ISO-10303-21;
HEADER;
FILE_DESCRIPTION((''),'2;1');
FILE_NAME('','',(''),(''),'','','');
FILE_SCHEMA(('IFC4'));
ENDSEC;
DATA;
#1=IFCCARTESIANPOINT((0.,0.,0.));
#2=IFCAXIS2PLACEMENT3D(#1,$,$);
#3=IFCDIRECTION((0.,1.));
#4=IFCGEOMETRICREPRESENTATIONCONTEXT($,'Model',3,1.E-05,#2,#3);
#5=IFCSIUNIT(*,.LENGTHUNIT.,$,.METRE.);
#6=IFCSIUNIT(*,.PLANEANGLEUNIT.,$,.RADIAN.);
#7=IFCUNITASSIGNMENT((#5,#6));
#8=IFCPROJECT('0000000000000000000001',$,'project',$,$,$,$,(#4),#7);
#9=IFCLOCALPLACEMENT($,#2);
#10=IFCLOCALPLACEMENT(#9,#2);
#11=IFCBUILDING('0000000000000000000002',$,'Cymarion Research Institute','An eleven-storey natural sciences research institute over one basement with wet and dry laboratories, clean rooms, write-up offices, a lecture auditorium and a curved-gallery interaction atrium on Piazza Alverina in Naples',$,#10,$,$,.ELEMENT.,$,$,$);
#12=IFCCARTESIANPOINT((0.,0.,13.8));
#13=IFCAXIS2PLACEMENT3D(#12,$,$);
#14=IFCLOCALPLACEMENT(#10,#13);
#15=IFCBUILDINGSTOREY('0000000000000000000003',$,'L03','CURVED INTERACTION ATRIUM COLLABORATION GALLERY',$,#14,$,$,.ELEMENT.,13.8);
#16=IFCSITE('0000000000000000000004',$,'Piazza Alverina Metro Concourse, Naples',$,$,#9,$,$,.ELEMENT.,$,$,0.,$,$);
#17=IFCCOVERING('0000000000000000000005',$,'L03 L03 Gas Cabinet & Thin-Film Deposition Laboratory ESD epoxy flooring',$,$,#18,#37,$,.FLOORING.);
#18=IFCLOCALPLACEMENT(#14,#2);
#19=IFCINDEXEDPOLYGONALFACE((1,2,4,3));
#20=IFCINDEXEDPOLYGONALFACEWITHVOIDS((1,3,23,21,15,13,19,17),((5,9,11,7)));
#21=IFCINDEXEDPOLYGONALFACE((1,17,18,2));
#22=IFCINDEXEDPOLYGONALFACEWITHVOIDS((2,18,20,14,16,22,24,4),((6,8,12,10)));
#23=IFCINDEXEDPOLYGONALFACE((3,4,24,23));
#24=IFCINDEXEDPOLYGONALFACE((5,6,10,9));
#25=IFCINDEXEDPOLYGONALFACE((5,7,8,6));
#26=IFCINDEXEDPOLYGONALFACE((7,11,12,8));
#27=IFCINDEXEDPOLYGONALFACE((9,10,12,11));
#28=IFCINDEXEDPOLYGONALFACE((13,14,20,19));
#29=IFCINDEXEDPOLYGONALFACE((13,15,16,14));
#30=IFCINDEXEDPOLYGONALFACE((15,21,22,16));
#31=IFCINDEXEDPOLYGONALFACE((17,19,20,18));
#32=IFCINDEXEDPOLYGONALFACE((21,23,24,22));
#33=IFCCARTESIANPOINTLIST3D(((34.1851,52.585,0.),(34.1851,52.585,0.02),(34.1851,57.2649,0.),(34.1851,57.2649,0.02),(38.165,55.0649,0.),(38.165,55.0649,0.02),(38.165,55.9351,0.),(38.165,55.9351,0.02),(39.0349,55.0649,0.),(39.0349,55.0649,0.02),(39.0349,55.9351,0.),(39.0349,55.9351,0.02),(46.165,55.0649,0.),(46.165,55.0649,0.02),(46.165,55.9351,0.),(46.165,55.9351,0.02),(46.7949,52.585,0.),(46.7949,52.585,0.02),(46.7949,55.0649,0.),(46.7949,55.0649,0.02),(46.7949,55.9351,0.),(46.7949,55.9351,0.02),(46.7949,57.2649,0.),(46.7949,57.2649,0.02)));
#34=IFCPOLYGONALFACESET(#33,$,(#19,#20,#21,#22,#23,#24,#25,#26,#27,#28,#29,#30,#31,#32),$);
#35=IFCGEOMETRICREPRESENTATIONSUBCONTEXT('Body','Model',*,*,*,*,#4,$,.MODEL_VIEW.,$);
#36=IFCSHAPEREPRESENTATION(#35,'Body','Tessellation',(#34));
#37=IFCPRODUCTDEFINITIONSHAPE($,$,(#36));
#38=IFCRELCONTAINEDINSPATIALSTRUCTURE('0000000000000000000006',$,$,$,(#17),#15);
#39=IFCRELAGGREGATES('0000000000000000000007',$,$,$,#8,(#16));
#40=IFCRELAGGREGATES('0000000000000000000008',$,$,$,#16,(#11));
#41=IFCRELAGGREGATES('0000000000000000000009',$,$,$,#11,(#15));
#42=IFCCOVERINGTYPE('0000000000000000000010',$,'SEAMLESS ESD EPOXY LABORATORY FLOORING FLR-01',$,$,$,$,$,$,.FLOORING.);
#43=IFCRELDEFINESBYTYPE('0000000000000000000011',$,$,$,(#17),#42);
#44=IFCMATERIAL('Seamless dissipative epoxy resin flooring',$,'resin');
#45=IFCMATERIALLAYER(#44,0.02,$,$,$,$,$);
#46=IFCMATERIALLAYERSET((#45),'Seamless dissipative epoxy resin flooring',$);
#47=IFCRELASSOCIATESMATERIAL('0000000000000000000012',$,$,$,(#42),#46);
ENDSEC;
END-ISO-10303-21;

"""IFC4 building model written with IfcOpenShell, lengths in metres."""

from ifc_helpers import new_model, si_unit, direction, frame, origin, place, context, subcontext, project, spatial, polyline, outline, extrude, material, layer, layer_set, type_object, element, save


model = new_model("IFC4")

# Units and contexts
model_context = context("Model", 3, precision=1e-05, world=origin(), true_north=direction((0.0, 1.0)))
body_context = subcontext(model_context, "Body", "Model", "MODEL_VIEW")
ifc_project = project(units=[si_unit("LENGTHUNIT", "METRE"), si_unit("PLANEANGLEUNIT", "RADIAN")], contexts=[model_context])

# Site, building, storey
site_placement = place(None, origin())
site = spatial("IfcSite", under=ifc_project, at=site_placement, Name="Piazza Alverina Metro Concourse, Naples", CompositionType="ELEMENT", RefElevation=0.0)
building_placement = place(site_placement, origin())
building = spatial("IfcBuilding", under=site, at=building_placement, Name="Cymarion Research Institute", Description="An eleven-storey natural sciences research institute over one basement with wet and dry laboratories, clean rooms, write-up offices, a lecture auditorium and a curved-gallery interaction atrium on Piazza Alverina in Naples", CompositionType="ELEMENT")
storey_placement = place(building_placement, frame((0.0, 0.0, 13.8)))
storey = spatial("IfcBuildingStorey", under=building, at=storey_placement, Name="L03", Description="CURVED INTERACTION ATRIUM COLLABORATION GALLERY", CompositionType="ELEMENT", Elevation=13.8)

# Covering
ifc_material_1 = material(Name="Seamless dissipative epoxy resin flooring", Category="resin")
ifc_layer_1 = layer(ifc_material_1, 0.02)
ifc_layer_set_1 = layer_set([ifc_layer_1], Name="Seamless dissipative epoxy resin flooring")
covering_type_1 = type_object("IfcCoveringType", Name="SEAMLESS ESD EPOXY LABORATORY FLOORING FLR-01", PredefinedType="FLOORING", material=ifc_layer_set_1)
covering_1_placement = place(storey_placement, origin())
element("IfcCovering", 1, at=covering_1_placement, inside=storey, type_object=covering_type_1, Name="L03 L03 Gas Cabinet & Thin-Film Deposition Laboratory ESD epoxy flooring", PredefinedType="FLOORING", context=body_context, shape_type="SweptSolid", body=[
    extrude(outline(polyline([(34.1851, 57.2649), (46.7949, 57.2649), (46.7949, 55.9351), (46.165, 55.9351), (46.165, 55.0649), (46.7949, 55.0649), (46.7949, 52.585), (34.1851, 52.585), (34.1851, 57.2649)]), holes=[polyline([(39.0349, 55.9351), (38.165, 55.9351), (38.165, 55.0649), (39.0349, 55.0649), (39.0349, 55.9351)])]), origin(), (0.0, 0.0, 1.0), 0.02),
])

save(model, "model.ifc")
